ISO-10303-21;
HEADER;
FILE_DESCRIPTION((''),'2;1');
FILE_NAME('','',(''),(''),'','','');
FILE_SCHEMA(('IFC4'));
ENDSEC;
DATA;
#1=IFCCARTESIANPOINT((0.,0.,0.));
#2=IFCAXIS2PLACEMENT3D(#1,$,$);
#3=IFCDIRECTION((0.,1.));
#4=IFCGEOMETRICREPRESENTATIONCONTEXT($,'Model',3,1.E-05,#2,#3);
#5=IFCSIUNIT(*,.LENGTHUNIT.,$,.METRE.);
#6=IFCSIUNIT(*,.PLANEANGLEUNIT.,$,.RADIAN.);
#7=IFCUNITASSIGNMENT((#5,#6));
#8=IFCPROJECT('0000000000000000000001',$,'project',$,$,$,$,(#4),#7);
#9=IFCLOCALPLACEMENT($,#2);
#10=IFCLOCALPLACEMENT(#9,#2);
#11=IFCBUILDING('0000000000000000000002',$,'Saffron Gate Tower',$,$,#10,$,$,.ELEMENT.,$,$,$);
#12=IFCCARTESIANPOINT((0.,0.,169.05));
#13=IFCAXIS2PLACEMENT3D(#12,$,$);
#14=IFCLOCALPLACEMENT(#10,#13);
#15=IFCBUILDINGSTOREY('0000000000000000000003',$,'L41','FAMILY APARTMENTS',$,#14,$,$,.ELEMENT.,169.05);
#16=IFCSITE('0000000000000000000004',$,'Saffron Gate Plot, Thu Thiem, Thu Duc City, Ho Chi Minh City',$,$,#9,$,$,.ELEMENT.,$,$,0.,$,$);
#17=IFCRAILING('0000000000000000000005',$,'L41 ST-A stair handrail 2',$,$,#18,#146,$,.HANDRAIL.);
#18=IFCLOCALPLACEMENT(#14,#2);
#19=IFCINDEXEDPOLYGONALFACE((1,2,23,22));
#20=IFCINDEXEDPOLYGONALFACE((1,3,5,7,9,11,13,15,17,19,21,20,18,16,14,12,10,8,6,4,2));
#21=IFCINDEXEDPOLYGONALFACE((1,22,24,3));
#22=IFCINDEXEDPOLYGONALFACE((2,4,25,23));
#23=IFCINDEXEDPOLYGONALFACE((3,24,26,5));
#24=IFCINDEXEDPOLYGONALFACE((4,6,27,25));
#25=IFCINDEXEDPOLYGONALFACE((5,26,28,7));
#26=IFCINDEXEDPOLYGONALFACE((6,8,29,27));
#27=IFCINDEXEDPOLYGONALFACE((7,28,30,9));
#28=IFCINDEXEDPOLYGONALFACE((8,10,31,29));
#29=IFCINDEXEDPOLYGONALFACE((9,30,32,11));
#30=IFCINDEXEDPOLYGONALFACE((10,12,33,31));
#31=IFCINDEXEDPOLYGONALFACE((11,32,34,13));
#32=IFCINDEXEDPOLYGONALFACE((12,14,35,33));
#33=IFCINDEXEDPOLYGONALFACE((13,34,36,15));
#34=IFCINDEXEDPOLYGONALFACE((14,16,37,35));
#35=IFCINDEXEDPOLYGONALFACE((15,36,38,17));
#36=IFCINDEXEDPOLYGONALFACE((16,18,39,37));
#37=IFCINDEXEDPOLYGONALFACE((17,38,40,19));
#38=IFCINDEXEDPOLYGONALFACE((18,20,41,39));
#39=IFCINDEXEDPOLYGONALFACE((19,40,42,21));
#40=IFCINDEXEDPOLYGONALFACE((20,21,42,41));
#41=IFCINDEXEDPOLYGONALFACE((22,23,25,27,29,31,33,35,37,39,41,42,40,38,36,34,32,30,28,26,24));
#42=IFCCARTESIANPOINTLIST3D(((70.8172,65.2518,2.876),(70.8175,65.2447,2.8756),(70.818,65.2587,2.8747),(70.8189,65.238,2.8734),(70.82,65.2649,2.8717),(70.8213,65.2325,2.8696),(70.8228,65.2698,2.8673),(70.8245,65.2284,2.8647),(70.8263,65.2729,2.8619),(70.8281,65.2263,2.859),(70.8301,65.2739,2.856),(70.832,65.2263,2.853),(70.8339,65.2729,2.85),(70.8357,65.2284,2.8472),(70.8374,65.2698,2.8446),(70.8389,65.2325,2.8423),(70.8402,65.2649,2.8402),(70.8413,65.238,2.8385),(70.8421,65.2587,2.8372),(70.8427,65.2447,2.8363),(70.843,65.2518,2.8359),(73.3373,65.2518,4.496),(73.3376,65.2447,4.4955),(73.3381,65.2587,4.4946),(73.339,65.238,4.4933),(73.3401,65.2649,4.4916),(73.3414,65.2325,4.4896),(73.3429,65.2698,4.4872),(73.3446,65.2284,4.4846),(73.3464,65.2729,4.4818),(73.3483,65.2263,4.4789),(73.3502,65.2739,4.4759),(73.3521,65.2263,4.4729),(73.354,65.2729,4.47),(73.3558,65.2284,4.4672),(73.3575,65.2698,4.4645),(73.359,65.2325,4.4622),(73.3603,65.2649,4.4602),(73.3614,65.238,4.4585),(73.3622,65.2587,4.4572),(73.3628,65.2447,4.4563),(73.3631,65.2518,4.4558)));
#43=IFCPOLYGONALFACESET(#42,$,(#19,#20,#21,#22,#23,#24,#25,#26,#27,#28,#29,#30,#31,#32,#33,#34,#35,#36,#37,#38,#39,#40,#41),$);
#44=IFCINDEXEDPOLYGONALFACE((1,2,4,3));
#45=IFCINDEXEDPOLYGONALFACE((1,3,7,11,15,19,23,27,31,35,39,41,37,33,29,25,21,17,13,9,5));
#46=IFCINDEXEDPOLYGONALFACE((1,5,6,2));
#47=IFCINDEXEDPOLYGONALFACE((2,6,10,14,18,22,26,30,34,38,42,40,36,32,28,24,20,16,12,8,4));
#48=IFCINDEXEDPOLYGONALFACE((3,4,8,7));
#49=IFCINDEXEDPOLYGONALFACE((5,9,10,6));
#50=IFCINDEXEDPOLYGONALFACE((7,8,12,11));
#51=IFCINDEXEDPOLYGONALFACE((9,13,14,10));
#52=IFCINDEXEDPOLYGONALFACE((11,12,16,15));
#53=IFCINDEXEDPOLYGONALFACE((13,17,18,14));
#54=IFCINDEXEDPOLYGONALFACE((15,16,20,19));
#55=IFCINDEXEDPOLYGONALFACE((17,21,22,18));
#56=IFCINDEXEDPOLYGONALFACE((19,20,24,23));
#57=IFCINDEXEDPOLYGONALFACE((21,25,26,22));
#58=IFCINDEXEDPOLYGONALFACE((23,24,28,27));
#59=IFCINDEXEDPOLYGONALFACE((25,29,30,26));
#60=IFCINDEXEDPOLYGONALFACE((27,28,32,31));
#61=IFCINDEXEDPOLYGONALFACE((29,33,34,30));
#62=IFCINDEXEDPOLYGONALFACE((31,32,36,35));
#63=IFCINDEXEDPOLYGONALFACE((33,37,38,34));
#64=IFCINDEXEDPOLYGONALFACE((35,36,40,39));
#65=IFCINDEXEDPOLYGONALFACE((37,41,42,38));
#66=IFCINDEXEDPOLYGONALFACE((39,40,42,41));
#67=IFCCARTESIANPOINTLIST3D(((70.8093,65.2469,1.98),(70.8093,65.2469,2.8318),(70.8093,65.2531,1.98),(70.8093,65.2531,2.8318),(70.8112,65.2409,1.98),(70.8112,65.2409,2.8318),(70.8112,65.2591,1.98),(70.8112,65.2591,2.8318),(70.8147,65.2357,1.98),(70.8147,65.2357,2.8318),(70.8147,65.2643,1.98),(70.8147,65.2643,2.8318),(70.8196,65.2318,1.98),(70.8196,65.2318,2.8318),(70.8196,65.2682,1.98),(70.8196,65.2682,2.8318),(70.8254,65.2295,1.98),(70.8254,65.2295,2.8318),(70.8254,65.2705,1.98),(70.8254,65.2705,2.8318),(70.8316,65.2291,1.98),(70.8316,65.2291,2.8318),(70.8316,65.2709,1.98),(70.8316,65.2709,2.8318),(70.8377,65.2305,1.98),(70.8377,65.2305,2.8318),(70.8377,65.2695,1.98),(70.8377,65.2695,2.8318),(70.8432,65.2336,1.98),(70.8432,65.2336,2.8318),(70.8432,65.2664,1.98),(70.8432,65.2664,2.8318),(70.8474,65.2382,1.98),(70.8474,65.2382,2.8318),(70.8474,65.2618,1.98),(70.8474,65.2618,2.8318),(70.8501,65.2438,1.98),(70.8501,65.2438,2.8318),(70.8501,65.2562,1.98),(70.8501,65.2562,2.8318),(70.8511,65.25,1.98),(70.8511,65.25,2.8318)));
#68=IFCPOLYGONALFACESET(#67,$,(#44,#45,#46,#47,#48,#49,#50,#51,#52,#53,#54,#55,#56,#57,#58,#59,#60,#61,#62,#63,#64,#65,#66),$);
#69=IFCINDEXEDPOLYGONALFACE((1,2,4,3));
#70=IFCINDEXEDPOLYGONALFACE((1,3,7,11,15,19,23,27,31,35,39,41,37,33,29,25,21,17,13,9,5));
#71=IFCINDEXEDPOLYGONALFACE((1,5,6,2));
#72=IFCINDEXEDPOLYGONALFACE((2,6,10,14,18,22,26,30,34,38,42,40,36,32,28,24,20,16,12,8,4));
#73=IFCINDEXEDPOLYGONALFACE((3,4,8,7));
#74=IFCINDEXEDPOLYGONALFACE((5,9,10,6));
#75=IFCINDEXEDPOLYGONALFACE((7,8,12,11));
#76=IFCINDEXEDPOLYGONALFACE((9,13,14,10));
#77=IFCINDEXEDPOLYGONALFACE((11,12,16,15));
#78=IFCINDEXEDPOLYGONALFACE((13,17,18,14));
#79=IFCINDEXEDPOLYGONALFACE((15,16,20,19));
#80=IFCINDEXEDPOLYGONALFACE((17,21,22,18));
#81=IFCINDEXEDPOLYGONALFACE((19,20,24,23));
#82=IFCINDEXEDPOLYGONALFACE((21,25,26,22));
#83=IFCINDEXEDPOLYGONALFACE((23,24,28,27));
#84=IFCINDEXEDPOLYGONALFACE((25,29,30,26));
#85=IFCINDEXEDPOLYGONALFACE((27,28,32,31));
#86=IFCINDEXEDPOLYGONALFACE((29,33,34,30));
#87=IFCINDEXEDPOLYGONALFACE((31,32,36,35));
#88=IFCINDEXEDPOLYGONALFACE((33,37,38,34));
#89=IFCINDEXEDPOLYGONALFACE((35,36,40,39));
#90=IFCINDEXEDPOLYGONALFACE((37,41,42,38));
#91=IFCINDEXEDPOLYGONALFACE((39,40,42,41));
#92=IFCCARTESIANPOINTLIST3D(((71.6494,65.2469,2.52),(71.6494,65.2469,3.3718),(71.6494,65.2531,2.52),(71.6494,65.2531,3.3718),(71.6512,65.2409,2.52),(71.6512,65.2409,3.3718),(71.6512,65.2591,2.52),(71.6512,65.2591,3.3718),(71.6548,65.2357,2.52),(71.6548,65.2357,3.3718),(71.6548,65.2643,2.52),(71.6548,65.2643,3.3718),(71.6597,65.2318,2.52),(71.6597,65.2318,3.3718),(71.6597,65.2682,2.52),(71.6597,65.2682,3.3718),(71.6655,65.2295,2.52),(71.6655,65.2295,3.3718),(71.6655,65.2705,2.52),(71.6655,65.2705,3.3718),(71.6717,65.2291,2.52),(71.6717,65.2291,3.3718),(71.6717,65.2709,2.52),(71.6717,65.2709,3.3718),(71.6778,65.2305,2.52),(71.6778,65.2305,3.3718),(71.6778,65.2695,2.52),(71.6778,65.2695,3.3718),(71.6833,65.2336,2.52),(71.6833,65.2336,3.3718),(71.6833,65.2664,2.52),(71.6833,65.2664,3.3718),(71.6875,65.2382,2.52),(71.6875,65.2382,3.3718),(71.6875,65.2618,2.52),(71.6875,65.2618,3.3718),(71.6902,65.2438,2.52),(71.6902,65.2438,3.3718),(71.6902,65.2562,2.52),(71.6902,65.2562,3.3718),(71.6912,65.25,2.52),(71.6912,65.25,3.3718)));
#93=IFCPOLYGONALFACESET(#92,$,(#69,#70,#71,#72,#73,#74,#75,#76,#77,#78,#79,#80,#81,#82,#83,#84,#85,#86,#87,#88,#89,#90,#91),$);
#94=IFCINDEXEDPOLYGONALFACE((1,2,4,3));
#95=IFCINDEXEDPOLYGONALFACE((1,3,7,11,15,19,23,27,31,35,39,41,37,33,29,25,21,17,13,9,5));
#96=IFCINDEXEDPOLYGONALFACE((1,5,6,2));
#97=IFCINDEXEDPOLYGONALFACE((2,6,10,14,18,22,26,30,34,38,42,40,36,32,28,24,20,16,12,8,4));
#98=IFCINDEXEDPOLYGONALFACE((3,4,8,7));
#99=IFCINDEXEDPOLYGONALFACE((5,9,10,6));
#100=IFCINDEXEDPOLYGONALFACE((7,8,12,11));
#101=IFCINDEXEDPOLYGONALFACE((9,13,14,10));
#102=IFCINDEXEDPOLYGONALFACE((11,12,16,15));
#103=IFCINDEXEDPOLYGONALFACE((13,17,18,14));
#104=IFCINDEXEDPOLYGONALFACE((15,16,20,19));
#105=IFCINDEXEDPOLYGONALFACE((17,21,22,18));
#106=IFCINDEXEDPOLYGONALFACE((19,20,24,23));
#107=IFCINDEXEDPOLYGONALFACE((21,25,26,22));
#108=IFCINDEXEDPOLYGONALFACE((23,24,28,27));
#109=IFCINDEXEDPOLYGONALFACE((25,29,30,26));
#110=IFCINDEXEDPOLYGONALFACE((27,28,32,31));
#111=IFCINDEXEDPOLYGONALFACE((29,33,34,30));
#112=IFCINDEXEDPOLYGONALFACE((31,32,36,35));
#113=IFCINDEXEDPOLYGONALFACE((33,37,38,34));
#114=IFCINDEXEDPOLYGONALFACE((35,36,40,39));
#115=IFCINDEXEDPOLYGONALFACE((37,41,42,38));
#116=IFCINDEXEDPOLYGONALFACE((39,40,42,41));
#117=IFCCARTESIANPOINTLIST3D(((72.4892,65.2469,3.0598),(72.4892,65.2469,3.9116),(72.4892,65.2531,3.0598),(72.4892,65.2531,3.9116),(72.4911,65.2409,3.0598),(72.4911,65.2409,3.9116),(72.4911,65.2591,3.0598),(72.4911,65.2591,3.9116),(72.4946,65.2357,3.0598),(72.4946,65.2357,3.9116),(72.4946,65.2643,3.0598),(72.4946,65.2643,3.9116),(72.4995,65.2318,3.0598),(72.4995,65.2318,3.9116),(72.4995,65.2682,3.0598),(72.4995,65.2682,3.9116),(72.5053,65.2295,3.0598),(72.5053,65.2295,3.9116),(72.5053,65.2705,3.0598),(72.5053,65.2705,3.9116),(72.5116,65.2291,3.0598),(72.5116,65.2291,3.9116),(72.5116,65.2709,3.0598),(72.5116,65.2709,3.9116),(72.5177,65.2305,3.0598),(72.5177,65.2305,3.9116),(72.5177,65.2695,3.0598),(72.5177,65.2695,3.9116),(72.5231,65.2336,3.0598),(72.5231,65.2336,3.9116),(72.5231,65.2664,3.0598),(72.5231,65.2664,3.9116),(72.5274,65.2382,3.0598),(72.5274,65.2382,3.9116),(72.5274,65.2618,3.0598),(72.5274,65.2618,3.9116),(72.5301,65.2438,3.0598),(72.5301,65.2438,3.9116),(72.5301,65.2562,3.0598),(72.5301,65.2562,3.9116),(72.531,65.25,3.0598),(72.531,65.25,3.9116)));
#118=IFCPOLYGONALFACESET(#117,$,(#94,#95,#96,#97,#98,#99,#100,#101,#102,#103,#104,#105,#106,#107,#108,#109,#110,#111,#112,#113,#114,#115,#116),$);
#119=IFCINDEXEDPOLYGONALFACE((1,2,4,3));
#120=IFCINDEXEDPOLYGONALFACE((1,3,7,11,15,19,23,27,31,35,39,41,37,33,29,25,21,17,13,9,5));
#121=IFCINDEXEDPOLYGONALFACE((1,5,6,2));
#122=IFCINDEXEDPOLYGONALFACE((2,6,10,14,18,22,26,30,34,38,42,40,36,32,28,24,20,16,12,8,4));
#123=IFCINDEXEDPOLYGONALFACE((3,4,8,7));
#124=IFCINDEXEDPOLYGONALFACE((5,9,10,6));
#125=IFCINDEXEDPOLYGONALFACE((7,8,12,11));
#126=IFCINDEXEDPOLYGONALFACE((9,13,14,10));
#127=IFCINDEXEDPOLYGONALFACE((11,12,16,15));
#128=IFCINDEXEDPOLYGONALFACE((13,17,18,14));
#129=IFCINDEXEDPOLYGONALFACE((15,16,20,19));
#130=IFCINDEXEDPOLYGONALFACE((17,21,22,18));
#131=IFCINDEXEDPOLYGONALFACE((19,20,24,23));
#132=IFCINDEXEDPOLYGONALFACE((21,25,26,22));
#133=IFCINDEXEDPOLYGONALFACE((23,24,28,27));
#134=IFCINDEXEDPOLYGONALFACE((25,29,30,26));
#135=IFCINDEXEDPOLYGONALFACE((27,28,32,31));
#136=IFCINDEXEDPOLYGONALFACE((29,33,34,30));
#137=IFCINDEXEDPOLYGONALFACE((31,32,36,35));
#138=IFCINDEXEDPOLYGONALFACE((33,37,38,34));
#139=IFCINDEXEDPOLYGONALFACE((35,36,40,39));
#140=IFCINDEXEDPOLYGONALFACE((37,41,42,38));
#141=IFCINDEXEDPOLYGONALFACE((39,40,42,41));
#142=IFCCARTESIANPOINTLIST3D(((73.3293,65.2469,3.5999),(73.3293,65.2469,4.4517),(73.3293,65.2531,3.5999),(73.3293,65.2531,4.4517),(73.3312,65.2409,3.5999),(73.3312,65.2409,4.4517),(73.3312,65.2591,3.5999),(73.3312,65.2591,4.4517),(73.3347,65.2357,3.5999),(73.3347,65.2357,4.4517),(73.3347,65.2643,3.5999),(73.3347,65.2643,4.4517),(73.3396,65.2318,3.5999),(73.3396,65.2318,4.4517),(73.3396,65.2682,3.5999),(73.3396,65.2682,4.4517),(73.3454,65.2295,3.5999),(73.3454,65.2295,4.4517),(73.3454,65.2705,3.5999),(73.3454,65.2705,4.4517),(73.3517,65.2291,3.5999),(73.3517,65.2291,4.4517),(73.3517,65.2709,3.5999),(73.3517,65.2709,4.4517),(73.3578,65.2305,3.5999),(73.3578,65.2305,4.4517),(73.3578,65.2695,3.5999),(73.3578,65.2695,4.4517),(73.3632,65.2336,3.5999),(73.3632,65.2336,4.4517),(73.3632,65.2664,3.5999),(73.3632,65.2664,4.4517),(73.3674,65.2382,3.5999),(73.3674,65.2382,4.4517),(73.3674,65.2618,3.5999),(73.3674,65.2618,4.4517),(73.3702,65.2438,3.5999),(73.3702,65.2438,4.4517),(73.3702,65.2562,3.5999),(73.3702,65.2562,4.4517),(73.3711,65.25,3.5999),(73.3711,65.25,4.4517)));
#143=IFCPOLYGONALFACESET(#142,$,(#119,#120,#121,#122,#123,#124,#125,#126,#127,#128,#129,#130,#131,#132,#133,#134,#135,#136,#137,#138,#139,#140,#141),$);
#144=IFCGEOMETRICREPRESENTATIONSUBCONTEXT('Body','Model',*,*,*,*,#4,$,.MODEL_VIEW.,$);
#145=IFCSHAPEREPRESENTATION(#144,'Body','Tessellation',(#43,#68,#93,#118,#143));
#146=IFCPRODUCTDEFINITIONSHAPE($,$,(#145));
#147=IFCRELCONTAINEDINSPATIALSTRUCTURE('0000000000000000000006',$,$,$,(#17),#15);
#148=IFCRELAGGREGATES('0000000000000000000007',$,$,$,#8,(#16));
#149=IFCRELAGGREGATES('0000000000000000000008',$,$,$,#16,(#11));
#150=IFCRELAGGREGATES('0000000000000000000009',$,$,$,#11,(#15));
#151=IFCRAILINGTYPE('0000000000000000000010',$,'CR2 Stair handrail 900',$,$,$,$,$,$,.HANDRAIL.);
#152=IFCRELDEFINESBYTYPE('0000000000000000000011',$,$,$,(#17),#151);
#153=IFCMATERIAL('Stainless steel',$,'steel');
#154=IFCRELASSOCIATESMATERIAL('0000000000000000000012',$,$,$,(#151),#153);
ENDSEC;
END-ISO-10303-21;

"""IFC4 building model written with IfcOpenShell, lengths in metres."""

from ifc_helpers import new_model, si_unit, direction, frame, origin, origin_2d, place, context, subcontext, project, spatial, circle, extrude, material, type_object, element, save


model = new_model("IFC4")

# Units and contexts
model_context = context("Model", 3, precision=1e-05, world=origin(), true_north=direction((0.0, 1.0)))
body_context = subcontext(model_context, "Body", "Model", "MODEL_VIEW")
ifc_project = project(units=[si_unit("LENGTHUNIT", "METRE"), si_unit("PLANEANGLEUNIT", "RADIAN")], contexts=[model_context])

# Site, building, storey
site_placement = place(None, origin())
site = spatial("IfcSite", under=ifc_project, at=site_placement, Name="Saffron Gate Plot, Thu Thiem, Thu Duc City, Ho Chi Minh City", CompositionType="ELEMENT", RefElevation=0.0)
building_placement = place(site_placement, origin())
building = spatial("IfcBuilding", under=site, at=building_placement, Name="Saffron Gate Tower", CompositionType="ELEMENT")
storey_placement = place(building_placement, frame((0.0, 0.0, 169.05)))
storey = spatial("IfcBuildingStorey", under=building, at=storey_placement, Name="L41", Description="FAMILY APARTMENTS", CompositionType="ELEMENT", Elevation=169.05)

# Railing
ifc_material_1 = material(Name="Stainless steel", Category="steel")
railing_type = type_object("IfcRailingType", Name="CR2 Stair handrail 900", PredefinedType="HANDRAIL", material=ifc_material_1)
railing_placement = place(storey_placement, frame((70.8301, 65.25, 1.98)))
element("IfcRailing", 1, at=railing_placement, inside=storey, type_object=railing_type, Name="L41 ST-A stair handrail 2", PredefinedType="HANDRAIL", context=body_context, shape_type="SweptSolid", body=[
    extrude(circle(Radius=0.0239, at=origin_2d()), frame((0.0, 0.0, 0.876), z_axis=(0.8412, 0.0, 0.540725), x_axis=(0.0, 1.0, 0.0)), (0.0, 0.0, 1.0), 2.9958),
    extrude(circle(Radius=0.021, at=origin_2d()), origin(), (0.0, 0.0, 1.0), 0.8518),
    extrude(circle(Radius=0.021, at=origin_2d()), frame((0.8401, 0.0, 0.54)), (0.0, 0.0, 1.0), 0.8518),
    extrude(circle(Radius=0.021, at=origin_2d()), frame((1.6799, 0.0, 1.0798)), (0.0, 0.0, 1.0), 0.8518),
    extrude(circle(Radius=0.021, at=origin_2d()), frame((2.52, 0.0, 1.6199)), (0.0, 0.0, 1.0), 0.8518),
])

save(model, "model.ifc")
